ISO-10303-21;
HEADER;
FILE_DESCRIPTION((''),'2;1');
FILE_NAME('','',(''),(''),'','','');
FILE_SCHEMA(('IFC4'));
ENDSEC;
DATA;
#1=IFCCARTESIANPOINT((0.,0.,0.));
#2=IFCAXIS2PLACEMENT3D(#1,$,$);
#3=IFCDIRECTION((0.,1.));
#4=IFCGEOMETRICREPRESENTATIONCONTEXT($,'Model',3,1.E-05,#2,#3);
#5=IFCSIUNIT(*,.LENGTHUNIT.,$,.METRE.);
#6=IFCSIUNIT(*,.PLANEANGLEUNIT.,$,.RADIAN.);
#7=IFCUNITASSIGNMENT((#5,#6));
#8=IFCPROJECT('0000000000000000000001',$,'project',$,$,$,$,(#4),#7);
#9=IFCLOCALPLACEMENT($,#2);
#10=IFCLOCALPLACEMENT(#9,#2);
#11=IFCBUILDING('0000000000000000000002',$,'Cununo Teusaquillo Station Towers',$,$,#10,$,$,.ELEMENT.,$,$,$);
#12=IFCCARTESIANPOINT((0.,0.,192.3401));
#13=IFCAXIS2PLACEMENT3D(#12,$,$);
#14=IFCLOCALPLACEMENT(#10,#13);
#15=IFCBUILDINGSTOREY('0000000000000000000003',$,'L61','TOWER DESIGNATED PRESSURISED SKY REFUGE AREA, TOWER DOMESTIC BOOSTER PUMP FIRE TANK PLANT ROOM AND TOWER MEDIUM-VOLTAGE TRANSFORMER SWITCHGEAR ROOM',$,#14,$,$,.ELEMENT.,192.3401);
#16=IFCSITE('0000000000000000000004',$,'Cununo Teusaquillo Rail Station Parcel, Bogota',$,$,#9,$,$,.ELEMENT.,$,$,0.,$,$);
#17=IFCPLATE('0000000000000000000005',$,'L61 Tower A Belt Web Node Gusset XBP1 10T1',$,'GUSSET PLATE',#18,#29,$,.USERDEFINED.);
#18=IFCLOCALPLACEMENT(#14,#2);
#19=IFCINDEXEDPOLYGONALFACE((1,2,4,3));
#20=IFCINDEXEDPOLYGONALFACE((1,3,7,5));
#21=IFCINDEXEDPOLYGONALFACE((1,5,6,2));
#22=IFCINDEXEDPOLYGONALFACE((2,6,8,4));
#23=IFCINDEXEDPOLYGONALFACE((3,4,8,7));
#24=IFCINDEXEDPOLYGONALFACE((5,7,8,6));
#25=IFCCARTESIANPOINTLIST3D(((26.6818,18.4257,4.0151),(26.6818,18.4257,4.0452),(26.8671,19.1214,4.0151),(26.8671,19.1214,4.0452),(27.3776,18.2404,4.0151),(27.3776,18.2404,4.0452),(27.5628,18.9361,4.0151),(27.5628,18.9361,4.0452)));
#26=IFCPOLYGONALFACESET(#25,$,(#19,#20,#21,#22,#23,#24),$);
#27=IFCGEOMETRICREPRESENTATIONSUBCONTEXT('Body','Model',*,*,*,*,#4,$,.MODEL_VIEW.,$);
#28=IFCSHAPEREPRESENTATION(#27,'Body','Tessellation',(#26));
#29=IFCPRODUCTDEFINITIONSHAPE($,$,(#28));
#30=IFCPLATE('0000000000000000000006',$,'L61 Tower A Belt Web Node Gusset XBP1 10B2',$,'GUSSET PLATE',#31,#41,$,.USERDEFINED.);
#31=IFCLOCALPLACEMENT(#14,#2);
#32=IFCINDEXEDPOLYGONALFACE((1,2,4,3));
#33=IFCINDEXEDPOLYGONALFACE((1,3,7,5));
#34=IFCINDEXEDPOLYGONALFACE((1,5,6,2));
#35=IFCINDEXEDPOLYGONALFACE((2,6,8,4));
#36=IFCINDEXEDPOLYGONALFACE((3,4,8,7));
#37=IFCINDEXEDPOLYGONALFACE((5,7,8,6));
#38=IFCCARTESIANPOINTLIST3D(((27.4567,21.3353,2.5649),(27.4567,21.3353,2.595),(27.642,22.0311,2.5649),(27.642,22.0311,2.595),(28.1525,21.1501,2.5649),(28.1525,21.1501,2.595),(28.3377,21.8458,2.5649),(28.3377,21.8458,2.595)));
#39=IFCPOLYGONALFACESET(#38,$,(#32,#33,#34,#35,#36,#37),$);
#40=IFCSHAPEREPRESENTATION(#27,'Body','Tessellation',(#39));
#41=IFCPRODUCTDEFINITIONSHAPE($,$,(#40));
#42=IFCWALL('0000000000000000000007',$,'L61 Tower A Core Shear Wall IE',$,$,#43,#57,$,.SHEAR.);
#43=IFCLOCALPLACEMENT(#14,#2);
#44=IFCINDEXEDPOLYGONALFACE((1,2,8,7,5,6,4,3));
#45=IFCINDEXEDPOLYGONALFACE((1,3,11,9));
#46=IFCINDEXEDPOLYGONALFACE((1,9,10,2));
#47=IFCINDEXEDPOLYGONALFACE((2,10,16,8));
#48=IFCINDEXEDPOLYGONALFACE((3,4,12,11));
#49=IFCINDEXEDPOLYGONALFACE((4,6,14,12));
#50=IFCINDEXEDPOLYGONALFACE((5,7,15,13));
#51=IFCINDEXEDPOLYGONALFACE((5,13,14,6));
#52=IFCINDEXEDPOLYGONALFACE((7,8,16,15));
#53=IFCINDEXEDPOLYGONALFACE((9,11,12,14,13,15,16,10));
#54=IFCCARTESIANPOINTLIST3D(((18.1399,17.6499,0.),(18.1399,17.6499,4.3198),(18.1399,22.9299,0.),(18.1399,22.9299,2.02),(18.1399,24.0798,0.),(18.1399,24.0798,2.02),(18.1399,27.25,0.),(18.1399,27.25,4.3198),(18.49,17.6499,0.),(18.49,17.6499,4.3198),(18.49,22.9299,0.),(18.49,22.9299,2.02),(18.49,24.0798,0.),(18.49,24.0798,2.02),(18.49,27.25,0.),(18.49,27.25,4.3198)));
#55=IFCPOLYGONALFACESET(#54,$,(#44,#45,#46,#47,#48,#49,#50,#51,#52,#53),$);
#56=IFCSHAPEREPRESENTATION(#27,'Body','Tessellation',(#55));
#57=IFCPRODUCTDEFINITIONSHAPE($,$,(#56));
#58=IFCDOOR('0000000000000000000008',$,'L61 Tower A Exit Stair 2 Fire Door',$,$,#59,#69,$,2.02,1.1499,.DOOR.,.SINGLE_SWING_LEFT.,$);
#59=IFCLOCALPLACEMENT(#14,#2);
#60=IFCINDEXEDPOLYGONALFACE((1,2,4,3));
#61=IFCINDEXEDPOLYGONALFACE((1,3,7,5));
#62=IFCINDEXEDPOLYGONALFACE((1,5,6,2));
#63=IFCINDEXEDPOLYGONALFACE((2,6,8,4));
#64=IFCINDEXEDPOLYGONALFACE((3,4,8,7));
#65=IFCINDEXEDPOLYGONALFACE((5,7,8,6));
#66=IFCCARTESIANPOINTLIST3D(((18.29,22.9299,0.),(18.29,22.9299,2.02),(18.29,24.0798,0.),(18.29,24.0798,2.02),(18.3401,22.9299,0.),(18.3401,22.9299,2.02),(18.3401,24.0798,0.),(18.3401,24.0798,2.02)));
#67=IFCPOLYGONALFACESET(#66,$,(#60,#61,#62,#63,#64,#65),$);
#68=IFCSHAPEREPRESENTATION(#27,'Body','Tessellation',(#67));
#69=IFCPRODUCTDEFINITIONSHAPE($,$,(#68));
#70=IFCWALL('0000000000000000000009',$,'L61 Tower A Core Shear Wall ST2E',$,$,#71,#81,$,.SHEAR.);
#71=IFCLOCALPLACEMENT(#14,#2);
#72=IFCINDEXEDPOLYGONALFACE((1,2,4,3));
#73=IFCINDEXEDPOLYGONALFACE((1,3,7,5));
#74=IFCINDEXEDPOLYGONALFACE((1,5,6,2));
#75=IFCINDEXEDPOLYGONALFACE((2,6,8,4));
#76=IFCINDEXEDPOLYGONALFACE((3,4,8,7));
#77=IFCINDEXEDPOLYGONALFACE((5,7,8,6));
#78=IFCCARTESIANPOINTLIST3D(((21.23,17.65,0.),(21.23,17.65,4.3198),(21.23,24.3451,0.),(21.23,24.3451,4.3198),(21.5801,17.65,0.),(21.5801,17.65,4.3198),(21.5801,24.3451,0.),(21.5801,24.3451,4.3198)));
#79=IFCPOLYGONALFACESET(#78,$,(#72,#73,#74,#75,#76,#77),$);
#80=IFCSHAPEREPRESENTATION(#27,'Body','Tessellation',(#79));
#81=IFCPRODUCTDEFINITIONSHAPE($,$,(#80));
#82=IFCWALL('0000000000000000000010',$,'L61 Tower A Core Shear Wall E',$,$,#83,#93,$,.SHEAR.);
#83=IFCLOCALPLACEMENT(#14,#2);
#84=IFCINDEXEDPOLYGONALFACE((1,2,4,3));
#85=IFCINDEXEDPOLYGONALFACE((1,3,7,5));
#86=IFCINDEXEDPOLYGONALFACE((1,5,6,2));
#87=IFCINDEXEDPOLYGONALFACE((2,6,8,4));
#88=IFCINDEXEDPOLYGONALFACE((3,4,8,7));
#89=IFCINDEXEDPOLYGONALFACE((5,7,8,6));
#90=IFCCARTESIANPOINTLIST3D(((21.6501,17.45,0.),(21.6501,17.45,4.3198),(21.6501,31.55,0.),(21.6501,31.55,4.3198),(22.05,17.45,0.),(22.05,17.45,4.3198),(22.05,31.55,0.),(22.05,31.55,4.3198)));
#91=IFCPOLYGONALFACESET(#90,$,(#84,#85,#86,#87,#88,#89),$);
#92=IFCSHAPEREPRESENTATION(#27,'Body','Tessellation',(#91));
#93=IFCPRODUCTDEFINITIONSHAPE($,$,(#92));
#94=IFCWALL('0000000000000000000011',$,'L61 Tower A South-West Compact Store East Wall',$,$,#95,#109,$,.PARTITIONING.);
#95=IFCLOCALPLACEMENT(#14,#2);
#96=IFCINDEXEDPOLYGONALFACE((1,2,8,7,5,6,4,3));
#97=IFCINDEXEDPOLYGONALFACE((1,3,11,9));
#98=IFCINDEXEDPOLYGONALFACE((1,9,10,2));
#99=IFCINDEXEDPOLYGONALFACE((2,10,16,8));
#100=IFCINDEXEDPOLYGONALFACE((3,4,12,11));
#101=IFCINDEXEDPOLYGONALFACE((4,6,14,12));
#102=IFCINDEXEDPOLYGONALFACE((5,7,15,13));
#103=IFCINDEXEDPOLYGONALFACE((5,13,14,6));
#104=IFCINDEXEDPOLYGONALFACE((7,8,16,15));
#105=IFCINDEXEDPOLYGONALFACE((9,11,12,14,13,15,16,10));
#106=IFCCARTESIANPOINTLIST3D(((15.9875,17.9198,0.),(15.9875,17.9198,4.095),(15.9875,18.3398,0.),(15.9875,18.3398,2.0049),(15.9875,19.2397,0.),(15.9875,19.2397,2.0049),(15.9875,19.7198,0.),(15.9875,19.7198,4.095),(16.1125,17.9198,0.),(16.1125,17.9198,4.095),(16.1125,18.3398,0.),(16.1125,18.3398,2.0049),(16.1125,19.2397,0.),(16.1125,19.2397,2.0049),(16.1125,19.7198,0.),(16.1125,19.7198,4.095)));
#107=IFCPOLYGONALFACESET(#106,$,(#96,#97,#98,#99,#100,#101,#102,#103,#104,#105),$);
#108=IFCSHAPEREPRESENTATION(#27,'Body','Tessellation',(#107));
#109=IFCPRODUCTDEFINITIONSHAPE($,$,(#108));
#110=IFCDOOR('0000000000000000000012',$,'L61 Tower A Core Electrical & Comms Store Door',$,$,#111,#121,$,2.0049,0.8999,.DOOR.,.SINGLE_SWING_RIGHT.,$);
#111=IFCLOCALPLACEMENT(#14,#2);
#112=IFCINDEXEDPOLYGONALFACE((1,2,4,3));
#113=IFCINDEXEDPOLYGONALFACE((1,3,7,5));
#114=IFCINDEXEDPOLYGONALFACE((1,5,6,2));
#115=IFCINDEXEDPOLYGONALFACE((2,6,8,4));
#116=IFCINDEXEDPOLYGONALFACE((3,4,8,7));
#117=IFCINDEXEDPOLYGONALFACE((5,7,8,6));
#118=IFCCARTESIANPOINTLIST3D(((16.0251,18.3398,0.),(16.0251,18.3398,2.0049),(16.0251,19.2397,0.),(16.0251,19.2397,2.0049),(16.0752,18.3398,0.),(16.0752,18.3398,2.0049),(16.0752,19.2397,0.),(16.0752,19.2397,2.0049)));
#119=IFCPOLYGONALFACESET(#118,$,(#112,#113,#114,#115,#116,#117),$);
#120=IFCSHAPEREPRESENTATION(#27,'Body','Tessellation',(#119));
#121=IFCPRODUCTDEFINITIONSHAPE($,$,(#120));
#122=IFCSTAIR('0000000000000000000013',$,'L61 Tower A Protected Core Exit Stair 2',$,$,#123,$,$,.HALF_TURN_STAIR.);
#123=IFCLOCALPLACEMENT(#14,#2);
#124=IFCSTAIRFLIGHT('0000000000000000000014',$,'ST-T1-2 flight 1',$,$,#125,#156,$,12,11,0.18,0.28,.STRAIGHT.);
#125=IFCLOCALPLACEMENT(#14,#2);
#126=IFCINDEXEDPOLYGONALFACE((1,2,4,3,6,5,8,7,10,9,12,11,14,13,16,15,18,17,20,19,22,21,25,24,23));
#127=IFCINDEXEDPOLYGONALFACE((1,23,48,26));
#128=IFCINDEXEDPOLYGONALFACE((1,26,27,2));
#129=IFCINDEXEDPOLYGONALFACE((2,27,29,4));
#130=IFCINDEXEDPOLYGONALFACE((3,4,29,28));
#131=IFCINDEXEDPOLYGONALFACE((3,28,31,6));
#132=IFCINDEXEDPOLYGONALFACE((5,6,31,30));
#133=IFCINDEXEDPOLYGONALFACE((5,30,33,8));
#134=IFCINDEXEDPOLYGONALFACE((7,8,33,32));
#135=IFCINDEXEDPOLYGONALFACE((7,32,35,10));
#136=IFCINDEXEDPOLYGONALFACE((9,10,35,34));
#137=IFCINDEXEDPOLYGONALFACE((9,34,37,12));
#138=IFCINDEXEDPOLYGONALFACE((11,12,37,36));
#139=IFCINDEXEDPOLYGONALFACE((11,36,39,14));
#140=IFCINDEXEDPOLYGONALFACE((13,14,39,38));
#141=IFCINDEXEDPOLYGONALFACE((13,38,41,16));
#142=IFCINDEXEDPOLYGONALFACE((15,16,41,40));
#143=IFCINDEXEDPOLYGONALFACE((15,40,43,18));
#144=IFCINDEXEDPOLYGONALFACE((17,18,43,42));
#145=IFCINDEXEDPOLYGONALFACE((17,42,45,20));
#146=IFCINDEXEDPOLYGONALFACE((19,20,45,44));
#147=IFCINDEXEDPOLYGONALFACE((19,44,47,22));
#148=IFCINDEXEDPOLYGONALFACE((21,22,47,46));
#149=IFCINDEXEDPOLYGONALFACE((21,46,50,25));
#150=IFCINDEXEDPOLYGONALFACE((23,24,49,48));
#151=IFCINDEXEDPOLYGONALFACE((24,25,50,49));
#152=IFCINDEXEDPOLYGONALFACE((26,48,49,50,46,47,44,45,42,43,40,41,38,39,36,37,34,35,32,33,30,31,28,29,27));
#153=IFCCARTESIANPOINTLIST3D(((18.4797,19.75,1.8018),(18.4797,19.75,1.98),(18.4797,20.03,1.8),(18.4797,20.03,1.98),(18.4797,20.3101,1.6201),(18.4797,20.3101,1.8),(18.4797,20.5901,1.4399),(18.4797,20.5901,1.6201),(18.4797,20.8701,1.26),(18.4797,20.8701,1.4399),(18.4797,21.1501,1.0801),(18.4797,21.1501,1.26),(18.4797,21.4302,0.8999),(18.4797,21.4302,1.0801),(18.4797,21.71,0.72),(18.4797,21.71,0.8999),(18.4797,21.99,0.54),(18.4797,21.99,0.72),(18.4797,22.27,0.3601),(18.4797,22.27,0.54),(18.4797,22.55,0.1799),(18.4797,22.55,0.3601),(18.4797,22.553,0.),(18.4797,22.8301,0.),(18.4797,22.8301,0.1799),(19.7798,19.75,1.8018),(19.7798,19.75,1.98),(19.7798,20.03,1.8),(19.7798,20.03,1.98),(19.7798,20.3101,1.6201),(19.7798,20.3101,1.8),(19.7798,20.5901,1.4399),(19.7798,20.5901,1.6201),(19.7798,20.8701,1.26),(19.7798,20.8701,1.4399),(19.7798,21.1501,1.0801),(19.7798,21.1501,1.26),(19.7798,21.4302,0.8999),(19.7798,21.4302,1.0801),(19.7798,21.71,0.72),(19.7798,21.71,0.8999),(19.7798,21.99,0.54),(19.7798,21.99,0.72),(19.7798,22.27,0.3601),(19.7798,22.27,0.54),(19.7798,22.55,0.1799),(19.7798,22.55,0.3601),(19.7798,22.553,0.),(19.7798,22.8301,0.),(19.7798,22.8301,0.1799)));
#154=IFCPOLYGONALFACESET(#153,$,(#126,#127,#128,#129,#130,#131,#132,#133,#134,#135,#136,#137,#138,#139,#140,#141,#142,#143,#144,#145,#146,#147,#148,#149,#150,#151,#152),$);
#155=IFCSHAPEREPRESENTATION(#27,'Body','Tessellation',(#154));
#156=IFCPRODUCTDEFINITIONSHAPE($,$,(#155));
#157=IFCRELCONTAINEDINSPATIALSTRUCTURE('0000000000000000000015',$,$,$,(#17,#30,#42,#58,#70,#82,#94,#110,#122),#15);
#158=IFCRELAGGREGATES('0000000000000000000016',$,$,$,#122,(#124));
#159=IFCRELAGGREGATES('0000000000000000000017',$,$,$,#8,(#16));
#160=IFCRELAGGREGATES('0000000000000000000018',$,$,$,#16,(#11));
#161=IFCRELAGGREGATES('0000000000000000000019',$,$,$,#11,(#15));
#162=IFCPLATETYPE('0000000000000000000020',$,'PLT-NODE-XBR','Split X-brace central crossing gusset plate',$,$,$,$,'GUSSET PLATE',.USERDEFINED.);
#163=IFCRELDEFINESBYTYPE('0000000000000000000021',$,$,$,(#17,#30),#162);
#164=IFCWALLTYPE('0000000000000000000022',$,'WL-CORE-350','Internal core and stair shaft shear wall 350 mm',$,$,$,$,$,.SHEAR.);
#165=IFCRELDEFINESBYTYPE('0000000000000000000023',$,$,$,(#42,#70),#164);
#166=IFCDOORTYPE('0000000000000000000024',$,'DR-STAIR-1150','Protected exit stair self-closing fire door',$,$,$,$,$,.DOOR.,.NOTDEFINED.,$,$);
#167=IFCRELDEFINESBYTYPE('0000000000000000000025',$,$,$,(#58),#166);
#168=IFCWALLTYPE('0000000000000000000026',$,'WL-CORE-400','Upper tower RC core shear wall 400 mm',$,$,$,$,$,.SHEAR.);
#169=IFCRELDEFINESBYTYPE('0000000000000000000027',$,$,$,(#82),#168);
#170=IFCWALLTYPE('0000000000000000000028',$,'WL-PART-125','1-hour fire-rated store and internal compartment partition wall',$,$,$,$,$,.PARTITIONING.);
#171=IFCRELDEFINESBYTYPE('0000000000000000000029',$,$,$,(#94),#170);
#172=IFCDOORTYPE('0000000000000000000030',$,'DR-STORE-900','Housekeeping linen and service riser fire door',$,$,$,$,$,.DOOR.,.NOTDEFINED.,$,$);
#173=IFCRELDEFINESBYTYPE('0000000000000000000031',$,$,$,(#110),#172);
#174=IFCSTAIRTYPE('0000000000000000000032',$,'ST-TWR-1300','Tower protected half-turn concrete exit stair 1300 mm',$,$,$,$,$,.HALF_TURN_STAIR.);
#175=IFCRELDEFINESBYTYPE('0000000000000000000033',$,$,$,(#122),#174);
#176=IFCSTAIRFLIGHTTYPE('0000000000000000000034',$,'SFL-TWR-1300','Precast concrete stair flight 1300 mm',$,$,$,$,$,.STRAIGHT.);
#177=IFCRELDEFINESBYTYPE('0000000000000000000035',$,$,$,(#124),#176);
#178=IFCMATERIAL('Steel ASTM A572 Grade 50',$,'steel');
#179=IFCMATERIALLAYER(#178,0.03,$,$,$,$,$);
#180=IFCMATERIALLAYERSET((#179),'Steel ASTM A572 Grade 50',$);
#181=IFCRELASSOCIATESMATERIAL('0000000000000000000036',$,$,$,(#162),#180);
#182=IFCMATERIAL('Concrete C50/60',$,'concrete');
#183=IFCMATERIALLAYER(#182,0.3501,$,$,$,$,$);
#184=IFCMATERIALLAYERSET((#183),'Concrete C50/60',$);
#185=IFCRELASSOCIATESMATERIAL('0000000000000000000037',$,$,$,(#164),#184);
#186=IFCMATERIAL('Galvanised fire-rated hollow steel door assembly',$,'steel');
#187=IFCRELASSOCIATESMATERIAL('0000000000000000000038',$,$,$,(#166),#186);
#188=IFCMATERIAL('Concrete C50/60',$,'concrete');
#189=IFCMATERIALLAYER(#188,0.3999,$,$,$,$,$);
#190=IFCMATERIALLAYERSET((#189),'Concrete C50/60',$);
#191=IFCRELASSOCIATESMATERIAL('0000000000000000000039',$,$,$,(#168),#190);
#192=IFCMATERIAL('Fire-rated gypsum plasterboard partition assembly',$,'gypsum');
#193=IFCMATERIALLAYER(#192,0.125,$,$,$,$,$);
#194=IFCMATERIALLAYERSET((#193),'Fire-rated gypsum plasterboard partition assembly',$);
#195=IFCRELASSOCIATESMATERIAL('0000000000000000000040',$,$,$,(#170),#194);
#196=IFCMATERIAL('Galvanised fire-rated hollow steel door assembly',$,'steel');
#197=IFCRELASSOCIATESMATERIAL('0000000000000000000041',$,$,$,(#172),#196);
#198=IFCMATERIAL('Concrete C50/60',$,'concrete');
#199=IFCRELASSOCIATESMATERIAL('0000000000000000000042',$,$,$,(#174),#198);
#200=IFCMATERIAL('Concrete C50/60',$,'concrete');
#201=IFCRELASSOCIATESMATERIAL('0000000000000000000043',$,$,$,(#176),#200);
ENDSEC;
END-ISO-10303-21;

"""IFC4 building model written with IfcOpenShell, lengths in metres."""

from ifc_helpers import new_model, si_unit, direction, frame, frame_2d, origin, origin_2d, place, context, subcontext, project, spatial, polyline, rectangle, outline, extrude, source, transform, mapped, material, layer, layer_set, type_object, element, fill, aggregate, save


model = new_model("IFC4")

# Units and contexts
model_context = context("Model", 3, precision=1e-05, world=origin(), true_north=direction((0.0, 1.0)))
body_context = subcontext(model_context, "Body", "Model", "MODEL_VIEW")
ifc_project = project(units=[si_unit("LENGTHUNIT", "METRE"), si_unit("PLANEANGLEUNIT", "RADIAN")], contexts=[model_context])

# Site, building, storey
site_placement = place(None, origin())
site = spatial("IfcSite", under=ifc_project, at=site_placement, Name="Cununo Teusaquillo Rail Station Parcel, Bogota", CompositionType="ELEMENT", RefElevation=0.0)
building_placement = place(site_placement, origin())
building = spatial("IfcBuilding", under=site, at=building_placement, Name="Cununo Teusaquillo Station Towers", CompositionType="ELEMENT")
storey_placement = place(building_placement, frame((0.0, 0.0, 192.3401)))
storey = spatial("IfcBuildingStorey", under=building, at=storey_placement, Name="L61", Description="TOWER DESIGNATED PRESSURISED SKY REFUGE AREA, TOWER DOMESTIC BOOSTER PUMP FIRE TANK PLANT ROOM AND TOWER MEDIUM-VOLTAGE TRANSFORMER SWITCHGEAR ROOM", CompositionType="ELEMENT", Elevation=192.3401)

# Plates
ifc_material_1 = material(Name="Steel ASTM A572 Grade 50", Category="steel")
ifc_layer_1 = layer(ifc_material_1, 0.03)
ifc_layer_set_1 = layer_set([ifc_layer_1], Name="Steel ASTM A572 Grade 50")
plate_type_1 = type_object("IfcPlateType", Name="PLT-NODE-XBR", Description="Split X-brace central crossing gusset plate", ElementType="GUSSET PLATE", PredefinedType="USERDEFINED", material=ifc_layer_set_1)
shared_shape_1 = source(origin(), body_context, "Body", "SweptSolid", [
    extrude(rectangle(XDim=0.72, YDim=0.72, at=origin_2d()), origin(), (0.0, 0.0, 1.0), 0.03),
])
for number, where, z_axis, x_axis, name in (
    (1, (27.1223, 18.6809, 4.0151), (0.0, 0.0, 1.0), (0.257301, 0.966331, 0.0), "L61 Tower A Belt Web Node Gusset XBP1 10T1"),
    (2, (27.8972, 21.5906, 2.5649), (0.0, 0.0, 1.0), (0.257301, 0.966331, 0.0), "L61 Tower A Belt Web Node Gusset XBP1 10B2"),
):
    element("IfcPlate", number, at=place(storey_placement, frame(where, z_axis=z_axis, x_axis=x_axis)), inside=storey, type_object=plate_type_1, Name=name, ObjectType="GUSSET PLATE", PredefinedType="USERDEFINED", context=body_context, shape_type="MappedRepresentation", body=[
        mapped(shared_shape_1, transform((0.0, 0.0, 0.0), x_axis=(1.0, 0.0, 0.0), y_axis=(0.0, 1.0, 0.0), z_axis=(0.0, 0.0, 1.0), scale=1.0)),
    ])

# Wall, opening, door
ifc_material_2 = material(Name="Concrete C50/60", Category="concrete")
ifc_layer_2 = layer(ifc_material_2, 0.3501)
ifc_layer_set_2 = layer_set([ifc_layer_2], Name="Concrete C50/60")
wall_type_1 = type_object("IfcWallType", Name="WL-CORE-350", Description="Internal core and stair shaft shear wall 350 mm", PredefinedType="SHEAR", material=ifc_layer_set_2)
wall_1_placement = place(storey_placement, frame((18.3149, 17.6499, 0.0), z_axis=(0.0, 0.0, 1.0), x_axis=(0.0, 1.0, 0.0)))
wall_1 = element("IfcWall", 3, at=wall_1_placement, inside=storey, type_object=wall_type_1, Name="L61 Tower A Core Shear Wall IE", PredefinedType="SHEAR", context=body_context, shape_type="SweptSolid", body=[
    extrude(rectangle(XDim=9.6001, YDim=0.3501, at=frame_2d((4.8, 0.0))), origin(), (0.0, 0.0, 1.0), 4.3198),
])
shared_shape_2 = source(origin(), body_context, "Body", "SweptSolid", [
    extrude(rectangle(XDim=1.1499, YDim=2.02, at=frame_2d((0.575, 1.01))), frame((0.0, 0.1851, 0.0), z_axis=(0.0, -1.0, 0.0), x_axis=(1.0, 0.0, 0.0)), (0.0, 0.0, 1.0), 0.3701),
])
opening_1_placement = place(wall_1_placement, frame((5.28, 0.0, 0.0)))
opening_1 = element("IfcOpeningElement", 4, at=opening_1_placement, cuts=wall_1, PredefinedType="OPENING", context=body_context, shape_type="MappedRepresentation", body=[
    mapped(shared_shape_2, transform((0.0, 0.0, 0.0), x_axis=(1.0, 0.0, 0.0), y_axis=(0.0, 1.0, 0.0), z_axis=(0.0, 0.0, 1.0), scale=1.0)),
])
ifc_material_3 = material(Name="Galvanised fire-rated hollow steel door assembly", Category="steel")
door_type_1 = type_object("IfcDoorType", Name="DR-STAIR-1150", Description="Protected exit stair self-closing fire door", OperationType="NOTDEFINED", PredefinedType="DOOR", material=ifc_material_3)
shared_shape_3 = source(origin(), body_context, "Body", "SweptSolid", [
    extrude(rectangle(XDim=1.1499, YDim=2.02, at=frame_2d((0.575, 1.01))), frame((0.0, 0.0249, 0.0), z_axis=(0.0, -1.0, 0.0), x_axis=(1.0, 0.0, 0.0)), (0.0, 0.0, 1.0), 0.05),
])
door_1_placement = place(opening_1_placement, origin())
door_1 = element("IfcDoor", 5, at=door_1_placement, inside=storey, type_object=door_type_1, Name="L61 Tower A Exit Stair 2 Fire Door", OperationType="SINGLE_SWING_LEFT", OverallHeight=2.02, OverallWidth=1.1499, PredefinedType="DOOR", context=body_context, shape_type="MappedRepresentation", body=[
    mapped(shared_shape_3, transform((0.0, 0.0, 0.0), x_axis=(1.0, 0.0, 0.0), y_axis=(0.0, 1.0, 0.0), z_axis=(0.0, 0.0, 1.0), scale=1.0)),
])
fill(opening_1, door_1)

# Walls
wall_2_placement = place(storey_placement, frame((21.405, 17.6499, 0.0), z_axis=(0.0, 0.0, 1.0), x_axis=(0.0, 1.0, 0.0)))
element("IfcWall", 6, at=wall_2_placement, inside=storey, type_object=wall_type_1, Name="L61 Tower A Core Shear Wall ST2E", PredefinedType="SHEAR", context=body_context, shape_type="SweptSolid", body=[
    extrude(rectangle(XDim=6.6951, YDim=0.3501, at=frame_2d((3.3477, 0.0))), origin(), (0.0, 0.0, 1.0), 4.3198),
])
ifc_material_4 = material(Name="Concrete C50/60", Category="concrete")
ifc_layer_3 = layer(ifc_material_4, 0.3999)
ifc_layer_set_3 = layer_set([ifc_layer_3], Name="Concrete C50/60")
wall_type_2 = type_object("IfcWallType", Name="WL-CORE-400", Description="Upper tower RC core shear wall 400 mm", PredefinedType="SHEAR", material=ifc_layer_set_3)
wall_3_placement = place(storey_placement, frame((21.8501, 17.45, 0.0), z_axis=(0.0, 0.0, 1.0), x_axis=(0.0, 1.0, 0.0)))
element("IfcWall", 7, at=wall_3_placement, inside=storey, type_object=wall_type_2, Name="L61 Tower A Core Shear Wall E", PredefinedType="SHEAR", context=body_context, shape_type="SweptSolid", body=[
    extrude(rectangle(XDim=14.1001, YDim=0.3999, at=frame_2d((7.05, 0.0))), origin(), (0.0, 0.0, 1.0), 4.3198),
])

# Wall, opening, door
ifc_material_5 = material(Name="Fire-rated gypsum plasterboard partition assembly", Category="gypsum")
ifc_layer_4 = layer(ifc_material_5, 0.125)
ifc_layer_set_4 = layer_set([ifc_layer_4], Name="Fire-rated gypsum plasterboard partition assembly")
wall_type_3 = type_object("IfcWallType", Name="WL-PART-125", Description="1-hour fire-rated store and internal compartment partition wall", PredefinedType="PARTITIONING", material=ifc_layer_set_4)
wall_4_placement = place(storey_placement, frame((16.05, 17.9199, 0.0), z_axis=(0.0, 0.0, 1.0), x_axis=(0.0, 1.0, 0.0)))
wall_4 = element("IfcWall", 8, at=wall_4_placement, inside=storey, type_object=wall_type_3, Name="L61 Tower A South-West Compact Store East Wall", PredefinedType="PARTITIONING", context=body_context, shape_type="SweptSolid", body=[
    extrude(rectangle(XDim=1.8, YDim=0.125, at=frame_2d((0.8999, 0.0))), origin(), (0.0, 0.0, 1.0), 4.095),
])
shared_shape_4 = source(origin(), body_context, "Body", "SweptSolid", [
    extrude(rectangle(XDim=0.8999, YDim=2.0049, at=frame_2d((0.45, 1.0024))), frame((0.0, 0.0725, 0.0), z_axis=(0.0, -1.0, 0.0), x_axis=(1.0, 0.0, 0.0)), (0.0, 0.0, 1.0), 0.145),
])
opening_2_placement = place(wall_4_placement, frame((0.4199, 0.0, 0.0)))
opening_2 = element("IfcOpeningElement", 9, at=opening_2_placement, cuts=wall_4, PredefinedType="OPENING", context=body_context, shape_type="MappedRepresentation", body=[
    mapped(shared_shape_4, transform((0.0, 0.0, 0.0), x_axis=(1.0, 0.0, 0.0), y_axis=(0.0, 1.0, 0.0), z_axis=(0.0, 0.0, 1.0), scale=1.0)),
])
ifc_material_6 = material(Name="Galvanised fire-rated hollow steel door assembly", Category="steel")
door_type_2 = type_object("IfcDoorType", Name="DR-STORE-900", Description="Housekeeping linen and service riser fire door", OperationType="NOTDEFINED", PredefinedType="DOOR", material=ifc_material_6)
shared_shape_5 = source(origin(), body_context, "Body", "SweptSolid", [
    extrude(rectangle(XDim=0.8999, YDim=2.0049, at=frame_2d((0.45, 1.0024))), frame((0.0, 0.0249, 0.0), z_axis=(0.0, -1.0, 0.0), x_axis=(1.0, 0.0, 0.0)), (0.0, 0.0, 1.0), 0.05),
])
door_2_placement = place(opening_2_placement, origin())
door_2 = element("IfcDoor", 10, at=door_2_placement, inside=storey, type_object=door_type_2, Name="L61 Tower A Core Electrical & Comms Store Door", OperationType="SINGLE_SWING_RIGHT", OverallHeight=2.0049, OverallWidth=0.8999, PredefinedType="DOOR", context=body_context, shape_type="MappedRepresentation", body=[
    mapped(shared_shape_5, transform((0.0, 0.0, 0.0), x_axis=(1.0, 0.0, 0.0), y_axis=(0.0, 1.0, 0.0), z_axis=(0.0, 0.0, 1.0), scale=1.0)),
])
fill(opening_2, door_2)

# Stair, stair flight
ifc_material_7 = material(Name="Concrete C50/60", Category="concrete")
stair_type = type_object("IfcStairType", Name="ST-TWR-1300", Description="Tower protected half-turn concrete exit stair 1300 mm", PredefinedType="HALF_TURN_STAIR", material=ifc_material_7)
stair_placement = place(storey_placement, origin())
stair = element("IfcStair", 11, at=stair_placement, inside=storey, type_object=stair_type, Name="L61 Tower A Protected Core Exit Stair 2", PredefinedType="HALF_TURN_STAIR")
ifc_material_8 = material(Name="Concrete C50/60", Category="concrete")
stair_flight_type = type_object("IfcStairFlightType", Name="SFL-TWR-1300", Description="Precast concrete stair flight 1300 mm", PredefinedType="STRAIGHT", material=ifc_material_8)
stair_flight_1_placement = place(storey_placement, frame((19.1299, 22.8301, 0.0), z_axis=(0.0, 0.0, 1.0), x_axis=(0.0, -1.0, 0.0)))
stair_flight_1 = element("IfcStairFlight", 12, at=stair_flight_1_placement, type_object=stair_flight_type, Name="ST-T1-2 flight 1", NumberOfRisers=12, NumberOfTreads=11, PredefinedType="STRAIGHT", RiserHeight=0.18, TreadLength=0.28, context=body_context, shape_type="SweptSolid", body=[
    extrude(outline(polyline([(0.0, 0.0), (0.0, 0.1799), (0.28, 0.1799), (0.28, 0.3601), (0.5601, 0.3601), (0.5601, 0.54), (0.8401, 0.54), (0.8401, 0.72), (1.1201, 0.72), (1.1201, 0.8999), (1.3999, 0.8999), (1.3999, 1.0801), (1.6799, 1.0801), (1.6799, 1.26), (1.96, 1.26), (1.96, 1.4399), (2.24, 1.4399), (2.24, 1.6201), (2.52, 1.6201), (2.52, 1.8), (2.8, 1.8), (2.8, 1.98), (3.0801, 1.98), (3.0801, 2.1599), (3.0801, 1.8018), (0.2771, 0.0), (0.0, 0.0)])), frame((0.0, 0.6499, 0.0), z_axis=(0.0, -1.0, 0.0), x_axis=(1.0, 0.0, 0.0)), (0.0, 0.0, 1.0), 1.3),
])
aggregate(stair, [stair_flight_1])

save(model, "model.ifc")
